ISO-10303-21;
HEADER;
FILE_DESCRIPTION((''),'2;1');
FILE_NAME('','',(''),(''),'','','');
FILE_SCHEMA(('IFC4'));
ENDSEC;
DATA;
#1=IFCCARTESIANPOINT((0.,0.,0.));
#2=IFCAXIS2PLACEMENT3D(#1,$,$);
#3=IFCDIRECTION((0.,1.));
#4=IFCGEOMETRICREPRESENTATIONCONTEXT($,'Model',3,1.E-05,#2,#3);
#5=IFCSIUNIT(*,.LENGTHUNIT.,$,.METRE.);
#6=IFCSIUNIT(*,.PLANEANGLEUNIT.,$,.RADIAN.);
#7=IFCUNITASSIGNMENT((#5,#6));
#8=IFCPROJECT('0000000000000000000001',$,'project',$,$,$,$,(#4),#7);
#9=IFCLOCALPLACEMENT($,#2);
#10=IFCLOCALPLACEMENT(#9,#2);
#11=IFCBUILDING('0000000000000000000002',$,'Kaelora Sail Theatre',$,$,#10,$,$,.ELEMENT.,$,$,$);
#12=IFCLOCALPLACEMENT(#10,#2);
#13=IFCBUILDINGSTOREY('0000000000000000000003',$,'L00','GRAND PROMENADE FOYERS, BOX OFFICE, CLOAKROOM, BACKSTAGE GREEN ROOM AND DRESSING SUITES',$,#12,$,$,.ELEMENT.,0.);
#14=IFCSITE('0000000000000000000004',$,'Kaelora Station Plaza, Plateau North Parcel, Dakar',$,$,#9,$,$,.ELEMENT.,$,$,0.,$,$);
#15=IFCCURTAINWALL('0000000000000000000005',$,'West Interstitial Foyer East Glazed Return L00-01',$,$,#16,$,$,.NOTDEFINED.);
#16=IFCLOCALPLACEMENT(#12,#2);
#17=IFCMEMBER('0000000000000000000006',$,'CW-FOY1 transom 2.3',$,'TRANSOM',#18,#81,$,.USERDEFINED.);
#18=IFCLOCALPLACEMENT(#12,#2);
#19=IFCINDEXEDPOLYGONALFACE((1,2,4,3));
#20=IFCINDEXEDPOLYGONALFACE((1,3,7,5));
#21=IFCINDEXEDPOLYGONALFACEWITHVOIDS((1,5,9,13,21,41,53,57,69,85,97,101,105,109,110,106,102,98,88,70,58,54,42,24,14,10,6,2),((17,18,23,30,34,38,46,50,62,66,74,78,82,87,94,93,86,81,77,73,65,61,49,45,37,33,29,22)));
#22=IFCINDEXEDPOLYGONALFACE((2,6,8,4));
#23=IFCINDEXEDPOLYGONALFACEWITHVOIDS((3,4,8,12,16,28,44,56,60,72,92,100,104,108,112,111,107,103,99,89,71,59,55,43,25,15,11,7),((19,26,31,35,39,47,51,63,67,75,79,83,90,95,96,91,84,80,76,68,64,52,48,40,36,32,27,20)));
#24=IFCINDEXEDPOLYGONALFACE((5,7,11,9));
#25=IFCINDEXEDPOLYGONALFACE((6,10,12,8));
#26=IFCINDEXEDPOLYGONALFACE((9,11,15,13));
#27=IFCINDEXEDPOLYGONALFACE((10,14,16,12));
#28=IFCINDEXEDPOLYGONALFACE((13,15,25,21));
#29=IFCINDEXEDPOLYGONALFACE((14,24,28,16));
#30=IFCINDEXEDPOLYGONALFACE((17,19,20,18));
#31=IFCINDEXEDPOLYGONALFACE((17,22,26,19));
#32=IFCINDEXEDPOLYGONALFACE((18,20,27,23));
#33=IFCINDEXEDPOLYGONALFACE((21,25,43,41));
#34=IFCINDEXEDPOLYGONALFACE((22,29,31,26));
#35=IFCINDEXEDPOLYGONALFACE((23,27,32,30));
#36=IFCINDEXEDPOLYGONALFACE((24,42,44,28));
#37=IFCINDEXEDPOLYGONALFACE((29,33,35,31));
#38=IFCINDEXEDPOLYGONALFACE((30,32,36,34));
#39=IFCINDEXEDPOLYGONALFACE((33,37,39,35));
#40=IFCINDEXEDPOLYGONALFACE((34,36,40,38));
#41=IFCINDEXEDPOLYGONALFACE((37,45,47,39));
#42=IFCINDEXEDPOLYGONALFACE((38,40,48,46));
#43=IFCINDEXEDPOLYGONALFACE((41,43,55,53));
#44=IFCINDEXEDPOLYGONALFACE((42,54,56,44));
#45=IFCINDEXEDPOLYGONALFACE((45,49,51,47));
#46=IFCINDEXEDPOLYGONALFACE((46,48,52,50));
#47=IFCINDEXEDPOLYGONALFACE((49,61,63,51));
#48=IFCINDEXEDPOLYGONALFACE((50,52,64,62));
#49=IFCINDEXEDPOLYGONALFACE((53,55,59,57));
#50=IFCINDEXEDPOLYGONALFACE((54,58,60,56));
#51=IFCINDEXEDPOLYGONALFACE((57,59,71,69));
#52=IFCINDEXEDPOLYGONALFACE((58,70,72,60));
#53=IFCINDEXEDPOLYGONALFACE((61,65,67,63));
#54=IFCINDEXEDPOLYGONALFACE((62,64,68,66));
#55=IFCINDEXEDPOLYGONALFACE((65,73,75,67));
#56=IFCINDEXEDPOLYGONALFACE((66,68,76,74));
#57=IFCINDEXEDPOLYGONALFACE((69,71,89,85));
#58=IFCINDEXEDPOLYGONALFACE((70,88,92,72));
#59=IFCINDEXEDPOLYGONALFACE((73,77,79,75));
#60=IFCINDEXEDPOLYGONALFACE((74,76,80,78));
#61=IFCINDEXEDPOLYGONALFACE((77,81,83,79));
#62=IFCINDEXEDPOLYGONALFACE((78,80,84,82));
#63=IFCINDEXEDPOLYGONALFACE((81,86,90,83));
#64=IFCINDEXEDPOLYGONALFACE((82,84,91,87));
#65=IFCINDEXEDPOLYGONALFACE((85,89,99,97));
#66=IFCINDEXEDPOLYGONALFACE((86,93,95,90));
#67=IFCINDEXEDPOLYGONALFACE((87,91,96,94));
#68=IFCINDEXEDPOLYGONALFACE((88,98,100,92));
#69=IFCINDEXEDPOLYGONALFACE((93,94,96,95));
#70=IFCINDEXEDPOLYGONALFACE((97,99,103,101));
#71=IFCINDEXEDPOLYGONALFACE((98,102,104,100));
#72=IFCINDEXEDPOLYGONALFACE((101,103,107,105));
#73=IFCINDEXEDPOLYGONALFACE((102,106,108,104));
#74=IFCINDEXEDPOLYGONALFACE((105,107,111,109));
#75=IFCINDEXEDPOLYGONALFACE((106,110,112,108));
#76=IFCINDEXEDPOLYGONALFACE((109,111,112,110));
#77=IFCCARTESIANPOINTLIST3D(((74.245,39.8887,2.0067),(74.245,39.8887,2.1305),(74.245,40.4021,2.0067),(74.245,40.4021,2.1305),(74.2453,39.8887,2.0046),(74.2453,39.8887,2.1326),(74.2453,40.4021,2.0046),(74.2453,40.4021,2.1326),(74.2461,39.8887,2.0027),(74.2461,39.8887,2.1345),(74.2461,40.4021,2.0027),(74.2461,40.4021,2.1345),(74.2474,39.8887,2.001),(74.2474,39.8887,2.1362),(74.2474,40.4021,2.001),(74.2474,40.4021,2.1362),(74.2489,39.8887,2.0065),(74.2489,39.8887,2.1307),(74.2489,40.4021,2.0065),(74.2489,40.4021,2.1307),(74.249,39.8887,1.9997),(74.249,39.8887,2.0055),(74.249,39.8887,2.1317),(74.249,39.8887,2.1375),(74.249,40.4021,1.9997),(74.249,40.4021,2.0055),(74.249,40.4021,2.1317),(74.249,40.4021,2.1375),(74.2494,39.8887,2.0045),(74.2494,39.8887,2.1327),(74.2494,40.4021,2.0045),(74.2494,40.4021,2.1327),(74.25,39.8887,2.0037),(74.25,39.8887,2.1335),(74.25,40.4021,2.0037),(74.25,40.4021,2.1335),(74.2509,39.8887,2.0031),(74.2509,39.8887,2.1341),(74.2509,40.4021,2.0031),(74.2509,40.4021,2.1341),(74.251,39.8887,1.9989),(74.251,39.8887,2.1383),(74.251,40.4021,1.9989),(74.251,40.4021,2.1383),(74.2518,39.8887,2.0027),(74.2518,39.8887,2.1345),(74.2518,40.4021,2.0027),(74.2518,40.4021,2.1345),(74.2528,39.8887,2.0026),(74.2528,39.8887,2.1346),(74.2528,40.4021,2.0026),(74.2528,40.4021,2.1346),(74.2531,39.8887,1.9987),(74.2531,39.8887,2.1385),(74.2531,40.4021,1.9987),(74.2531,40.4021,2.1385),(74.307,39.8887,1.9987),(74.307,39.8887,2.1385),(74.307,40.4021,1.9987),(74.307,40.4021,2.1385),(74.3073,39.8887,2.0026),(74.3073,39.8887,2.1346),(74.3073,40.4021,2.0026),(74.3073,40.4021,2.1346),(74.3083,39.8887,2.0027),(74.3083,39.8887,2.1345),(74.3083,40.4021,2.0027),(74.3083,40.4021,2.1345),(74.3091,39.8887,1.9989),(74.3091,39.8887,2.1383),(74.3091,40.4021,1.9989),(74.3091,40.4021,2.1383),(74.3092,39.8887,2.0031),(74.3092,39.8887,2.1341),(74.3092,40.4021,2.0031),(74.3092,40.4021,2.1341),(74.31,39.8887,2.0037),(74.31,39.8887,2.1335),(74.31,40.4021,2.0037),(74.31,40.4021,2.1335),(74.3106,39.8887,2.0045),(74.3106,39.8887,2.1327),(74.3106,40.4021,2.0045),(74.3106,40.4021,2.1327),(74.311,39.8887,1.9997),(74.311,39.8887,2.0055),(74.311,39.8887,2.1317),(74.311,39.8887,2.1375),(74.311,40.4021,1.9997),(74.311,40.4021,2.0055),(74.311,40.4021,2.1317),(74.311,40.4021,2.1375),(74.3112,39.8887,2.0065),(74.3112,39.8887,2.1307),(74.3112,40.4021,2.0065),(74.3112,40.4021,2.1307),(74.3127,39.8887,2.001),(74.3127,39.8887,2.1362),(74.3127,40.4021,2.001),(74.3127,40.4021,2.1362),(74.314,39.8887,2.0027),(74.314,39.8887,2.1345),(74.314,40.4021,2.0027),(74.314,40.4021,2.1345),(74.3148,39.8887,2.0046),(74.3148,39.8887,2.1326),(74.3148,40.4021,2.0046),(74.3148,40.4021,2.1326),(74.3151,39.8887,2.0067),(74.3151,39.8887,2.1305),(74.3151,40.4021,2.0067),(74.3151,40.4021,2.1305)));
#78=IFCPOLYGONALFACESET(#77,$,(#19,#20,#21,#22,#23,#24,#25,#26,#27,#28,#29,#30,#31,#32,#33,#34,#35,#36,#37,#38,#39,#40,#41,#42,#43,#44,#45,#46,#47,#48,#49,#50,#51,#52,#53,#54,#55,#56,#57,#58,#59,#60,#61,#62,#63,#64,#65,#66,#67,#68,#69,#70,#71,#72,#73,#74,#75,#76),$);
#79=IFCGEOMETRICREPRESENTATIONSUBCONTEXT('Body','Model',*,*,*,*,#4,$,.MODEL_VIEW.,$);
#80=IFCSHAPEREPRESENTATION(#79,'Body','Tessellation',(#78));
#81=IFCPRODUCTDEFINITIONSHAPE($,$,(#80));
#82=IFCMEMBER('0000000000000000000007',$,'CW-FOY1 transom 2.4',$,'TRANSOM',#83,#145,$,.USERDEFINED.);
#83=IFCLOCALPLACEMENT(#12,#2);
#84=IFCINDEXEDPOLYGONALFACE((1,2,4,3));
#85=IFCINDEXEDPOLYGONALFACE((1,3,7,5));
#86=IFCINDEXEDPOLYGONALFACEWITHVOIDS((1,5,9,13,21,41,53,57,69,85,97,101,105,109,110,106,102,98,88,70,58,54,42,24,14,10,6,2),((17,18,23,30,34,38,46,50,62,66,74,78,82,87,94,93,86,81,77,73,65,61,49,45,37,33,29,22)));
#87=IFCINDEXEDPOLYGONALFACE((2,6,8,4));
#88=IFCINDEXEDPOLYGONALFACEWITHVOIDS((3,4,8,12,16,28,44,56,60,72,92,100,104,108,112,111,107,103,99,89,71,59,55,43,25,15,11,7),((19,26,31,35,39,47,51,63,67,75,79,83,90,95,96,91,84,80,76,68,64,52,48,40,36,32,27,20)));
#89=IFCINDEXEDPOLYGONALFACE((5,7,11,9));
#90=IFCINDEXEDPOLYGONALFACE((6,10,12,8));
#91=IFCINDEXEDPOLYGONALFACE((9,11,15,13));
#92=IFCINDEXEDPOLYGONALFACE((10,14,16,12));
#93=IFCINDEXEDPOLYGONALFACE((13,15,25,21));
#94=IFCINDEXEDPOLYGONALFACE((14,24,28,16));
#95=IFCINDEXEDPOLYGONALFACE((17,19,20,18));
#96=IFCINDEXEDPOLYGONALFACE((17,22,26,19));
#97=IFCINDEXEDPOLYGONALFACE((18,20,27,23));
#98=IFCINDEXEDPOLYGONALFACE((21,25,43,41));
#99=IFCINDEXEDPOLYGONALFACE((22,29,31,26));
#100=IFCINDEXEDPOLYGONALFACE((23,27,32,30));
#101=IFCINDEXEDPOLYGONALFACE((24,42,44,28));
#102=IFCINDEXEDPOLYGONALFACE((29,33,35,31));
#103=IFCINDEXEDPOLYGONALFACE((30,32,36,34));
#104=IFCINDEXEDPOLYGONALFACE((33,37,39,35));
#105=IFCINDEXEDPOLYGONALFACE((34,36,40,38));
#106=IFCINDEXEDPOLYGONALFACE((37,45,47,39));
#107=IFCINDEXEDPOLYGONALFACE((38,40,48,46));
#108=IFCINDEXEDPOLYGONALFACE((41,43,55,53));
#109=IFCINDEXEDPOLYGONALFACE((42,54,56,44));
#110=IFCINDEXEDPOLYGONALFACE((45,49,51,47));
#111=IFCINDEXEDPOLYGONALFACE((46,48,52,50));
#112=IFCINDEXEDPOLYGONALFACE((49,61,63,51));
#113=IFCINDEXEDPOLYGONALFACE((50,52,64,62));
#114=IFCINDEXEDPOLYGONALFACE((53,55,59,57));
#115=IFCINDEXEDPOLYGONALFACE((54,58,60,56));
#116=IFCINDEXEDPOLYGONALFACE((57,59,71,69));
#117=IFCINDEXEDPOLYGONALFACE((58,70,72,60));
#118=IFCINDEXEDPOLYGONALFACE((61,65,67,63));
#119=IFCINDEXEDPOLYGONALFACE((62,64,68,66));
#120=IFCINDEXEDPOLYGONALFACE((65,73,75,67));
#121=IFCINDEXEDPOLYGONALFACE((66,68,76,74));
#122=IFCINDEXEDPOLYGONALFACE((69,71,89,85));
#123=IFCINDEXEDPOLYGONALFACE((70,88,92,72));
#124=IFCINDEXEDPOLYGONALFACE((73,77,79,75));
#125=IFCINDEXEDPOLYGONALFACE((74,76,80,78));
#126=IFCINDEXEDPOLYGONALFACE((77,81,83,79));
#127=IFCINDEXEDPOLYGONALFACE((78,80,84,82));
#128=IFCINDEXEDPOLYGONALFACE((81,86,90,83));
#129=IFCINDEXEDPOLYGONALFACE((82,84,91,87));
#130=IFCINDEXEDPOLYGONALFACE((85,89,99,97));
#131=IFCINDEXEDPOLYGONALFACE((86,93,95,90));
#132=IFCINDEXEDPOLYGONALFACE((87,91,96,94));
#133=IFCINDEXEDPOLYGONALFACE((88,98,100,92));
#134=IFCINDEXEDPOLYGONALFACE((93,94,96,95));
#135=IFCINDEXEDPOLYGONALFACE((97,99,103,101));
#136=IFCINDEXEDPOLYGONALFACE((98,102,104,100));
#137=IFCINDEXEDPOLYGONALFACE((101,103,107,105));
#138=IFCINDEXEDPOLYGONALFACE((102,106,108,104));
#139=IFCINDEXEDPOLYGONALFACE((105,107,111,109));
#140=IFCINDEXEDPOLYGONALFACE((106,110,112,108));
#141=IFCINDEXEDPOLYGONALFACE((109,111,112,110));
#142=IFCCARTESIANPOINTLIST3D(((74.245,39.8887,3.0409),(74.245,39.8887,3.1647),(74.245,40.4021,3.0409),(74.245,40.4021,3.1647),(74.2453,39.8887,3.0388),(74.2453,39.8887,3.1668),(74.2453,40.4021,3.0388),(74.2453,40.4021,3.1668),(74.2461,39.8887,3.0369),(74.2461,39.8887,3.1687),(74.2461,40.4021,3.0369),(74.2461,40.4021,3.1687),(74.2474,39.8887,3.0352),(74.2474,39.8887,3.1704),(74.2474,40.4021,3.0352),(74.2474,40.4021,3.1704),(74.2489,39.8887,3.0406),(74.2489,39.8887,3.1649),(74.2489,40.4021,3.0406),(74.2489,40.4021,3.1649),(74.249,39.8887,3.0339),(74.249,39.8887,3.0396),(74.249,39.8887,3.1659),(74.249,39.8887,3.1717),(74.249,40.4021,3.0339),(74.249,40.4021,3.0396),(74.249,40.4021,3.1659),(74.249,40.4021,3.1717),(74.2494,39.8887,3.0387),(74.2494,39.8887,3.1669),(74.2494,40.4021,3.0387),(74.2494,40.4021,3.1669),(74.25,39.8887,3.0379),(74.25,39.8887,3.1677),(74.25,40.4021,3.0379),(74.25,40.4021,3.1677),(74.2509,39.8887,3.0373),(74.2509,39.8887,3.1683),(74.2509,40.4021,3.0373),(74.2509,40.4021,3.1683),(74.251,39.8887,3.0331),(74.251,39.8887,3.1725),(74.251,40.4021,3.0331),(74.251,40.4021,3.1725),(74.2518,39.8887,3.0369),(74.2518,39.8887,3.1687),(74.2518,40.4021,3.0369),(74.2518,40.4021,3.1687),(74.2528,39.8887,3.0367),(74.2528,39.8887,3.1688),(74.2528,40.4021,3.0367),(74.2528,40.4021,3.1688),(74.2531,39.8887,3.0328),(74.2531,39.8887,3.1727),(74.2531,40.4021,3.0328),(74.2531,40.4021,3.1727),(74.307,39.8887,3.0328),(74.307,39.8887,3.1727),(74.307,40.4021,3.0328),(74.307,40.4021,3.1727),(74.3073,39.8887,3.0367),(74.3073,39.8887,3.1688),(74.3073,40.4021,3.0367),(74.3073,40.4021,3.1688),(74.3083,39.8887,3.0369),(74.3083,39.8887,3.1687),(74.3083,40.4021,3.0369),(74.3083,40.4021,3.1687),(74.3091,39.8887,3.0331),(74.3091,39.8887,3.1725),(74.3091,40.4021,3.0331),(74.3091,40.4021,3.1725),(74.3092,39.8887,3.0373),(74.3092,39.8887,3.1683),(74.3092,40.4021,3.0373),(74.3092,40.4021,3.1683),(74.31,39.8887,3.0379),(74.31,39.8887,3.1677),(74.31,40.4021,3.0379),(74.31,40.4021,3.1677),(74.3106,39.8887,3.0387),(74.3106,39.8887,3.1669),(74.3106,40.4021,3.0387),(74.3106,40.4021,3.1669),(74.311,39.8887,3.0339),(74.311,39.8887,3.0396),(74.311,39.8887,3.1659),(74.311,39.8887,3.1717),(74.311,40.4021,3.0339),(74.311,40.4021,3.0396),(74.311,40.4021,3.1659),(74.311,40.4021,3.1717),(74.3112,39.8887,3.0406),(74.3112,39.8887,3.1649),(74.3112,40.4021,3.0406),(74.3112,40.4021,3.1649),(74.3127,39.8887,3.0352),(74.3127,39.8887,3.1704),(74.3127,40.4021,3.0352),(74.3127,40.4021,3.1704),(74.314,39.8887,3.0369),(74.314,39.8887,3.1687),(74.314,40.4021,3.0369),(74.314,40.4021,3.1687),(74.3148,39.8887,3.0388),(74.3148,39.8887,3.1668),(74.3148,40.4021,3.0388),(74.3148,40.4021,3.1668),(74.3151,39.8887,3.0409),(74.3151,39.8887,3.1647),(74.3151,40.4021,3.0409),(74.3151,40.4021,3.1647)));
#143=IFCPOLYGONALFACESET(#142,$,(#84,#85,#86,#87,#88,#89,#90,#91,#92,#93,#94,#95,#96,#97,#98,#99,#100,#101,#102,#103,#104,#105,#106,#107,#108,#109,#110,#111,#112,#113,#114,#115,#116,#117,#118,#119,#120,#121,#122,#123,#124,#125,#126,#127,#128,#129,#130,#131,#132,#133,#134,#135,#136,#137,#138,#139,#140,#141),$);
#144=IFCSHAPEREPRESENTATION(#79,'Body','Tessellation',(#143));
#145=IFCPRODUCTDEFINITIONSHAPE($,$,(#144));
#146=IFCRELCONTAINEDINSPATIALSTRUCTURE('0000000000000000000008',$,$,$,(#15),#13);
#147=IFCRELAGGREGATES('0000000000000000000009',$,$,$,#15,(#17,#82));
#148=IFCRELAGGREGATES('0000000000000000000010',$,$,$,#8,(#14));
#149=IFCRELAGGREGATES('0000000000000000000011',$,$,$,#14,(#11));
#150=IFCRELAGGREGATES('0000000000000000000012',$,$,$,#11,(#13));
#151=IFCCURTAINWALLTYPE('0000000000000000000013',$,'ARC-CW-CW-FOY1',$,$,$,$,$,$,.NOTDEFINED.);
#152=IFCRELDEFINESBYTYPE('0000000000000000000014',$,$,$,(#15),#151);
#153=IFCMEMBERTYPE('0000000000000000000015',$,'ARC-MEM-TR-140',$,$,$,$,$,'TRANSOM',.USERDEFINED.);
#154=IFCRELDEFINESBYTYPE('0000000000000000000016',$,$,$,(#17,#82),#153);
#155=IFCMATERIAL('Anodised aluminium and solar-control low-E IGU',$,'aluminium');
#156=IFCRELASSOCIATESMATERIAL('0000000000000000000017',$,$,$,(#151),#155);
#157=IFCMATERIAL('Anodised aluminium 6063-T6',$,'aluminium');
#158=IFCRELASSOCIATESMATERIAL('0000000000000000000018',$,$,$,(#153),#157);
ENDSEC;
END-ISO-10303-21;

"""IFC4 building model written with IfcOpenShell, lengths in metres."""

from ifc_helpers import new_model, si_unit, direction, frame, origin, origin_2d, place, context, subcontext, project, spatial, hollow_rectangle, extrude, material, material_profile, profile_set, type_object, element, aggregate, save


model = new_model("IFC4")

# Units and contexts
model_context = context("Model", 3, precision=1e-05, world=origin(), true_north=direction((0.0, 1.0)))
body_context = subcontext(model_context, "Body", "Model", "MODEL_VIEW")
ifc_project = project(units=[si_unit("LENGTHUNIT", "METRE"), si_unit("PLANEANGLEUNIT", "RADIAN")], contexts=[model_context])

# Site, building, storey
site_placement = place(None, origin())
site = spatial("IfcSite", under=ifc_project, at=site_placement, Name="Kaelora Station Plaza, Plateau North Parcel, Dakar", CompositionType="ELEMENT", RefElevation=0.0)
building_placement = place(site_placement, origin())
building = spatial("IfcBuilding", under=site, at=building_placement, Name="Kaelora Sail Theatre", CompositionType="ELEMENT")
storey_placement = place(building_placement, origin())
storey = spatial("IfcBuildingStorey", under=building, at=storey_placement, Name="L00", Description="GRAND PROMENADE FOYERS, BOX OFFICE, CLOAKROOM, BACKSTAGE GREEN ROOM AND DRESSING SUITES", CompositionType="ELEMENT", Elevation=0.0)

# Curtain wall, members
ifc_material_1 = material(Name="Anodised aluminium and solar-control low-E IGU", Category="aluminium")
curtain_wall_type = type_object("IfcCurtainWallType", Name="ARC-CW-CW-FOY1", PredefinedType="NOTDEFINED", material=ifc_material_1)
curtain_wall_placement = place(storey_placement, origin())
curtain_wall = element("IfcCurtainWall", 1, at=curtain_wall_placement, inside=storey, type_object=curtain_wall_type, Name="West Interstitial Foyer East Glazed Return L00-01", PredefinedType="NOTDEFINED")
ifc_material_2 = material(Name="Anodised aluminium 6063-T6", Category="aluminium")
ifc_material_profile_1 = material_profile(ifc_material_2, hollow_rectangle(XDim=0.0701, YDim=0.1399, WallThickness=0.0039, InnerFilletRadius=0.0039, OuterFilletRadius=0.0081, at=origin_2d()), Name="ALU-TRAN 70x140x4")
ifc_profile_set_1 = profile_set([ifc_material_profile_1], Name="Anodised aluminium 6063-T6")
member_type_1 = type_object("IfcMemberType", Name="ARC-MEM-TR-140", ElementType="TRANSOM", PredefinedType="USERDEFINED", material=ifc_profile_set_1)
member_1_placement = place(storey_placement, frame((74.28, 39.8887, 2.0686), z_axis=(0.0, 1.0, 0.0), x_axis=(-1.0, 0.0, 0.0)))
member_1 = element("IfcMember", 2, at=member_1_placement, type_object=member_type_1, Name="CW-FOY1 transom 2.3", ObjectType="TRANSOM", PredefinedType="USERDEFINED", context=body_context, shape_type="SweptSolid", body=[
    extrude(hollow_rectangle(XDim=0.0701, YDim=0.1399, WallThickness=0.0039, InnerFilletRadius=0.0039, OuterFilletRadius=0.0081, at=origin_2d()), origin(), (0.0, 0.0, 1.0), 0.5134),
])
member_2_placement = place(storey_placement, frame((74.28, 39.8887, 3.1028), z_axis=(0.0, 1.0, 0.0), x_axis=(-1.0, 0.0, 0.0)))
member_2 = element("IfcMember", 3, at=member_2_placement, type_object=member_type_1, Name="CW-FOY1 transom 2.4", ObjectType="TRANSOM", PredefinedType="USERDEFINED", context=body_context, shape_type="SweptSolid", body=[
    extrude(hollow_rectangle(XDim=0.0701, YDim=0.1399, WallThickness=0.0039, InnerFilletRadius=0.0039, OuterFilletRadius=0.0081, at=origin_2d()), origin(), (0.0, 0.0, 1.0), 0.5134),
])

aggregate(curtain_wall, [member_1, member_2])

save(model, "model.ifc")
